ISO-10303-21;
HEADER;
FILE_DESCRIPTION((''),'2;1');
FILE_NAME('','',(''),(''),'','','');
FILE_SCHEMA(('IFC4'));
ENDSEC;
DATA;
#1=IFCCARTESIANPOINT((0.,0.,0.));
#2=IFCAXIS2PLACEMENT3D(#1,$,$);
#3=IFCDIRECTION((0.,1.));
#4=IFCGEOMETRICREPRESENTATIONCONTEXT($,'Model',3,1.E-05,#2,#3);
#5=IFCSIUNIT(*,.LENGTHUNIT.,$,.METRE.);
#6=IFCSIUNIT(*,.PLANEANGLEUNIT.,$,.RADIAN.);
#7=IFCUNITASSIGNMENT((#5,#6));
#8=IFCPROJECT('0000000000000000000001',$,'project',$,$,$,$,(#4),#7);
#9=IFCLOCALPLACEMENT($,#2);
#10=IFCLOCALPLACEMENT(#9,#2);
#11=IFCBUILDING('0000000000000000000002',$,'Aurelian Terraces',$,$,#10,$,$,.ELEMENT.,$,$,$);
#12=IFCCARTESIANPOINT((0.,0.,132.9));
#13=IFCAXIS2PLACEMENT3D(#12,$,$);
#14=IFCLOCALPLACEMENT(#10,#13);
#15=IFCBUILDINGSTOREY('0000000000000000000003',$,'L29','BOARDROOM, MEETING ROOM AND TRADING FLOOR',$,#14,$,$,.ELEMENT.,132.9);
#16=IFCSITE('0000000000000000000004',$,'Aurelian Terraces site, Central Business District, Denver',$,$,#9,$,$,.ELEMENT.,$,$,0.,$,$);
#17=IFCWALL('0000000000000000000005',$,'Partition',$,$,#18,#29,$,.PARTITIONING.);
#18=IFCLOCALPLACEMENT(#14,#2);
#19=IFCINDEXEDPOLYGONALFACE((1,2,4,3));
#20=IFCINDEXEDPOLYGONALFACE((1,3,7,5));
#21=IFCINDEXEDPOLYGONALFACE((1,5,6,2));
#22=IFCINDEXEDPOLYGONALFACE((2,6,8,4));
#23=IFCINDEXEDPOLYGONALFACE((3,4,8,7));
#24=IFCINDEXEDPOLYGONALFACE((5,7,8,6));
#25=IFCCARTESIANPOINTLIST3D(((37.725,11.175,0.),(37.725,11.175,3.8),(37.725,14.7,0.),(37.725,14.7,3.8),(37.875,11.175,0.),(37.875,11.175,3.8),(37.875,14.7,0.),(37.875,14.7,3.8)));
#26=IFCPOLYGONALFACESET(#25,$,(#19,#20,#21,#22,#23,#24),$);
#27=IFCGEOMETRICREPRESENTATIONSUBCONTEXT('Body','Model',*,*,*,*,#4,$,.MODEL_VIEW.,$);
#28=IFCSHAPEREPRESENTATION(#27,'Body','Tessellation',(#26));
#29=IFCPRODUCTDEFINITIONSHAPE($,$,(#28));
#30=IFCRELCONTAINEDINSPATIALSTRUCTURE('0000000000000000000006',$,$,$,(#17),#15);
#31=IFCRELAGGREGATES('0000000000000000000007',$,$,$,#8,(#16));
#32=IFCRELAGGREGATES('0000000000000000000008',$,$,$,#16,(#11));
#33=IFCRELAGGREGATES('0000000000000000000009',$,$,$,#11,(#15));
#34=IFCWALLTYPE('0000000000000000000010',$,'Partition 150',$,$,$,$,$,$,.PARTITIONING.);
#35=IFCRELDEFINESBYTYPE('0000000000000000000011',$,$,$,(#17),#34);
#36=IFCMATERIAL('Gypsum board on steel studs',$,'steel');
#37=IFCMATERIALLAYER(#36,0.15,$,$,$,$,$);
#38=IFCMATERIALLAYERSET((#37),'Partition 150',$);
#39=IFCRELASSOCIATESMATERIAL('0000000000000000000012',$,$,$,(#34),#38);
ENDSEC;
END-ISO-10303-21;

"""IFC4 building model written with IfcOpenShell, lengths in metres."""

from ifc_helpers import new_model, si_unit, direction, frame, frame_2d, origin, place, context, subcontext, project, spatial, rectangle, extrude, source, transform, mapped, material, layer, layer_set, type_object, element, save


model = new_model("IFC4")

# Units and contexts
model_context = context("Model", 3, precision=1e-05, world=origin(), true_north=direction((0.0, 1.0)))
body_context = subcontext(model_context, "Body", "Model", "MODEL_VIEW")
ifc_project = project(units=[si_unit("LENGTHUNIT", "METRE"), si_unit("PLANEANGLEUNIT", "RADIAN")], contexts=[model_context])

# Site, building, storey
site_placement = place(None, origin())
site = spatial("IfcSite", under=ifc_project, at=site_placement, Name="Aurelian Terraces site, Central Business District, Denver", CompositionType="ELEMENT", RefElevation=0.0)
building_placement = place(site_placement, origin())
building = spatial("IfcBuilding", under=site, at=building_placement, Name="Aurelian Terraces", CompositionType="ELEMENT")
storey_placement = place(building_placement, frame((0.0, 0.0, 132.9)))
storey = spatial("IfcBuildingStorey", under=building, at=storey_placement, Name="L29", Description="BOARDROOM, MEETING ROOM AND TRADING FLOOR", CompositionType="ELEMENT", Elevation=132.9)

# Shared definitions
ifc_material_1 = material(Name="Gypsum board on steel studs", Category="steel")
ifc_layer_1 = layer(ifc_material_1, 0.15)
ifc_layer_set_1 = layer_set([ifc_layer_1], Name="Partition 150")
wall_type_1 = type_object("IfcWallType", Name="Partition 150", PredefinedType="PARTITIONING", material=ifc_layer_set_1)

# Wall
shared_shape_1 = source(origin(), body_context, "Body", "SweptSolid", [
    extrude(rectangle(XDim=3.525, YDim=0.15, at=frame_2d((1.7625, 0.0))), origin(), (0.0, 0.0, 1.0), 3.8),
])
for number, where, z_axis, x_axis, name in (
    (1, (37.8, 11.175, 0.0), (0.0, 0.0, 1.0), (0.0, 1.0, 0.0), "Partition"),
):
    element("IfcWall", number, at=place(storey_placement, frame(where, z_axis=z_axis, x_axis=x_axis)), inside=storey, type_object=wall_type_1, Name=name, PredefinedType="PARTITIONING", context=body_context, shape_type="MappedRepresentation", body=[
        mapped(shared_shape_1, transform((0.0, 0.0, 0.0), scale=1.0)),
    ])

save(model, "model.ifc")
